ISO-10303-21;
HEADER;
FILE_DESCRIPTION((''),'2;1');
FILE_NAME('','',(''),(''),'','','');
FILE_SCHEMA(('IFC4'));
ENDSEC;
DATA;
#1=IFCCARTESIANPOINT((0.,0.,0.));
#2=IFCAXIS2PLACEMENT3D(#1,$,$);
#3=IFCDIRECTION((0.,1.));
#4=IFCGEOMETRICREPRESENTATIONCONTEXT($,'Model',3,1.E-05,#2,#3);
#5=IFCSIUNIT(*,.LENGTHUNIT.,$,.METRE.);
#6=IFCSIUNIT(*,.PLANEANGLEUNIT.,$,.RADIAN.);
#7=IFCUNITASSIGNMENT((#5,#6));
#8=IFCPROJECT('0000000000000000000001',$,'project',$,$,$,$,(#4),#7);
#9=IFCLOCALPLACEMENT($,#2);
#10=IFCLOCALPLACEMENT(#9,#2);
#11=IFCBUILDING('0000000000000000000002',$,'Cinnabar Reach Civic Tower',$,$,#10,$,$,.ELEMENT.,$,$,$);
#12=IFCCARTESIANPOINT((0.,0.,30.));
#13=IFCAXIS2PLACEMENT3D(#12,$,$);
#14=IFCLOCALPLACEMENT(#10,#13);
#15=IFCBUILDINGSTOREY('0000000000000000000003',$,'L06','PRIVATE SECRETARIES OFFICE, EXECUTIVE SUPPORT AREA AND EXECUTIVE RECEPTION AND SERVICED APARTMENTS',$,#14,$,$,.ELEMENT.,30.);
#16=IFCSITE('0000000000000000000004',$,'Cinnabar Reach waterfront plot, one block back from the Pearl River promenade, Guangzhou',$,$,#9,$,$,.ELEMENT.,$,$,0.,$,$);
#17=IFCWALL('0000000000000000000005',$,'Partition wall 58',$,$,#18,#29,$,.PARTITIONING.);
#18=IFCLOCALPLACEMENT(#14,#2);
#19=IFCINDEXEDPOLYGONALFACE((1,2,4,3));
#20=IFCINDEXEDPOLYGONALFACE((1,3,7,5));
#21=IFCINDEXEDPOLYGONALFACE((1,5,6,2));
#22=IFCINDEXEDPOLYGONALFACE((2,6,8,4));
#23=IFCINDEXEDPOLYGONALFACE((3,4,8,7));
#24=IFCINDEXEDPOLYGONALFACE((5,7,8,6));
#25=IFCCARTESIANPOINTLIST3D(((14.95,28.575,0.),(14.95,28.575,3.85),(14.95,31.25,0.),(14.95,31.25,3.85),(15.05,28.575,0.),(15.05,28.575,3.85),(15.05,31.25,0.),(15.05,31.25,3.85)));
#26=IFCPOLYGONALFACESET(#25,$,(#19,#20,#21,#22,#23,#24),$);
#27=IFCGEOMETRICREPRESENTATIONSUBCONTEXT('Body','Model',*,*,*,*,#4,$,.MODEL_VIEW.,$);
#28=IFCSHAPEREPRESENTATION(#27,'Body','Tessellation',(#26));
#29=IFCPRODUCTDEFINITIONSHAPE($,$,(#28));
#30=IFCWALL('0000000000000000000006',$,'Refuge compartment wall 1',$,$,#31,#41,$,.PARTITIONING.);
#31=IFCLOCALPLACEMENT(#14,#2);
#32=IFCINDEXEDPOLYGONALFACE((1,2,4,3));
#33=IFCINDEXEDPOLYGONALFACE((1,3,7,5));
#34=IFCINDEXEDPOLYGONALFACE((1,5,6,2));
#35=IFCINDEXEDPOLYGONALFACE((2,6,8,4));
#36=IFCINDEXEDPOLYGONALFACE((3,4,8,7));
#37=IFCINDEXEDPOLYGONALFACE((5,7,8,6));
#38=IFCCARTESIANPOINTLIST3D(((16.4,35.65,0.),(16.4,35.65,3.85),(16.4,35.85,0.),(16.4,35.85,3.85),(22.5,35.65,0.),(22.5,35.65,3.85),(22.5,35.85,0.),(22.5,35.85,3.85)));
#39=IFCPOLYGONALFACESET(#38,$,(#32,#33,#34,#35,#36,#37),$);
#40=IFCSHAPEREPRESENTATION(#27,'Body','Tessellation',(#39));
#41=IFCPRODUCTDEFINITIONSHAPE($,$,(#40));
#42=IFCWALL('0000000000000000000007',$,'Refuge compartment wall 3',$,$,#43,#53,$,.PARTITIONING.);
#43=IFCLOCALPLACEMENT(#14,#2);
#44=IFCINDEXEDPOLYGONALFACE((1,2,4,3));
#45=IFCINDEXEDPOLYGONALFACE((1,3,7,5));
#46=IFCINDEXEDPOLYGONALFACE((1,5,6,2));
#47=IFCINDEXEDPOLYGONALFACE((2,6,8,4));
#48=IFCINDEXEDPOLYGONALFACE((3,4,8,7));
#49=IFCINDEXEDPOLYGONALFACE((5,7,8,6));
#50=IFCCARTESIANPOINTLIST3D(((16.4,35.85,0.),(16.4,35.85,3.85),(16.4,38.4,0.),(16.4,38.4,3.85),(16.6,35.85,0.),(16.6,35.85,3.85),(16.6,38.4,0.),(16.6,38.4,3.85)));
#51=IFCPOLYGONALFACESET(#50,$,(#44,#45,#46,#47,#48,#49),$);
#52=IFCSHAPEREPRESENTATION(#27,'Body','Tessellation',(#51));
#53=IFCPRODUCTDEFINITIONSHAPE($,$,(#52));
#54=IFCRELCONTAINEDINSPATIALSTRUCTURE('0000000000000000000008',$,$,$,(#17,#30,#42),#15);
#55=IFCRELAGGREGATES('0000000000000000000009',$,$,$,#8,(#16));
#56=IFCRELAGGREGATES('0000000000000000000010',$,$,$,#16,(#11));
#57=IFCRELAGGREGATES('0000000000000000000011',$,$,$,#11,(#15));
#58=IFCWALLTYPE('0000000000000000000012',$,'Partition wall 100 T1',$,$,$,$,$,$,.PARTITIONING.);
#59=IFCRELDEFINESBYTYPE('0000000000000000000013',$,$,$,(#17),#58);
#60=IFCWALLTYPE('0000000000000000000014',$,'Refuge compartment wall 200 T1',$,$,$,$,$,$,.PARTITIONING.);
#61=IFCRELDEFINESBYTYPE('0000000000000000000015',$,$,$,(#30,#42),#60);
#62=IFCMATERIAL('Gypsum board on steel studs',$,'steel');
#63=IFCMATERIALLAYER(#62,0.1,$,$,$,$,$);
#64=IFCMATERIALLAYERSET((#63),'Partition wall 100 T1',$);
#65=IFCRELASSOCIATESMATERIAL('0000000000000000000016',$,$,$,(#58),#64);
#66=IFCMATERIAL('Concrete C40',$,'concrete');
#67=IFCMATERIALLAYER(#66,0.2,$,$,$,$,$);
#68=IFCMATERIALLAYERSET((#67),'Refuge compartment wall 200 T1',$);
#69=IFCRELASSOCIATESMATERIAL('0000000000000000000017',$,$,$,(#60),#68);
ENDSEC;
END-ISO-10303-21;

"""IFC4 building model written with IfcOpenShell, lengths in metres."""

from ifc_helpers import new_model, si_unit, direction, frame, frame_2d, origin, place, context, subcontext, project, spatial, rectangle, extrude, material, layer, layer_set, type_object, element, save


model = new_model("IFC4")

# Units and contexts
model_context = context("Model", 3, precision=1e-05, world=origin(), true_north=direction((0.0, 1.0)))
body_context = subcontext(model_context, "Body", "Model", "MODEL_VIEW")
ifc_project = project(units=[si_unit("LENGTHUNIT", "METRE"), si_unit("PLANEANGLEUNIT", "RADIAN")], contexts=[model_context])

# Site, building, storey
site_placement = place(None, origin())
site = spatial("IfcSite", under=ifc_project, at=site_placement, Name="Cinnabar Reach waterfront plot, one block back from the Pearl River promenade, Guangzhou", CompositionType="ELEMENT", RefElevation=0.0)
building_placement = place(site_placement, origin())
building = spatial("IfcBuilding", under=site, at=building_placement, Name="Cinnabar Reach Civic Tower", CompositionType="ELEMENT")
storey_placement = place(building_placement, frame((0.0, 0.0, 30.0)))
storey = spatial("IfcBuildingStorey", under=building, at=storey_placement, Name="L06", Description="PRIVATE SECRETARIES OFFICE, EXECUTIVE SUPPORT AREA AND EXECUTIVE RECEPTION AND SERVICED APARTMENTS", CompositionType="ELEMENT", Elevation=30.0)

# Walls
ifc_material_1 = material(Name="Gypsum board on steel studs", Category="steel")
ifc_layer_1 = layer(ifc_material_1, 0.1)
ifc_layer_set_1 = layer_set([ifc_layer_1], Name="Partition wall 100 T1")
wall_type_1 = type_object("IfcWallType", Name="Partition wall 100 T1", PredefinedType="PARTITIONING", material=ifc_layer_set_1)
for number, where, z_axis, x_axis, name in (
    (1, (15.0, 28.575, 0.0), (0.0, 0.0, 1.0), (0.0, 1.0, 0.0), "Partition wall 58"),
):
    element("IfcWall", number, at=place(storey_placement, frame(where, z_axis=z_axis, x_axis=x_axis)), inside=storey, type_object=wall_type_1, Name=name, PredefinedType="PARTITIONING", context=body_context, shape_type="SweptSolid", body=[
        extrude(rectangle(XDim=2.675, YDim=0.1, at=frame_2d((1.3375, 0.0))), origin(), (0.0, 0.0, 1.0), 3.85),
    ])
ifc_material_2 = material(Name="Concrete C40", Category="concrete")
ifc_layer_2 = layer(ifc_material_2, 0.2)
ifc_layer_set_2 = layer_set([ifc_layer_2], Name="Refuge compartment wall 200 T1")
wall_type_2 = type_object("IfcWallType", Name="Refuge compartment wall 200 T1", PredefinedType="PARTITIONING", material=ifc_layer_set_2)
wall_1_placement = place(storey_placement, frame((16.4, 35.75, 0.0), z_axis=(0.0, 0.0, 1.0), x_axis=(1.0, 0.0, 0.0)))
element("IfcWall", 2, at=wall_1_placement, inside=storey, type_object=wall_type_2, Name="Refuge compartment wall 1", PredefinedType="PARTITIONING", context=body_context, shape_type="SweptSolid", body=[
    extrude(rectangle(XDim=6.1, YDim=0.2, at=frame_2d((3.05, 0.0))), origin(), (0.0, 0.0, 1.0), 3.85),
])
wall_2_placement = place(storey_placement, frame((16.5, 35.85, 0.0), z_axis=(0.0, 0.0, 1.0), x_axis=(0.0, 1.0, 0.0)))
element("IfcWall", 3, at=wall_2_placement, inside=storey, type_object=wall_type_2, Name="Refuge compartment wall 3", PredefinedType="PARTITIONING", context=body_context, shape_type="SweptSolid", body=[
    extrude(rectangle(XDim=2.55, YDim=0.2, at=frame_2d((1.275, 0.0))), origin(), (0.0, 0.0, 1.0), 3.85),
])

save(model, "model.ifc")
